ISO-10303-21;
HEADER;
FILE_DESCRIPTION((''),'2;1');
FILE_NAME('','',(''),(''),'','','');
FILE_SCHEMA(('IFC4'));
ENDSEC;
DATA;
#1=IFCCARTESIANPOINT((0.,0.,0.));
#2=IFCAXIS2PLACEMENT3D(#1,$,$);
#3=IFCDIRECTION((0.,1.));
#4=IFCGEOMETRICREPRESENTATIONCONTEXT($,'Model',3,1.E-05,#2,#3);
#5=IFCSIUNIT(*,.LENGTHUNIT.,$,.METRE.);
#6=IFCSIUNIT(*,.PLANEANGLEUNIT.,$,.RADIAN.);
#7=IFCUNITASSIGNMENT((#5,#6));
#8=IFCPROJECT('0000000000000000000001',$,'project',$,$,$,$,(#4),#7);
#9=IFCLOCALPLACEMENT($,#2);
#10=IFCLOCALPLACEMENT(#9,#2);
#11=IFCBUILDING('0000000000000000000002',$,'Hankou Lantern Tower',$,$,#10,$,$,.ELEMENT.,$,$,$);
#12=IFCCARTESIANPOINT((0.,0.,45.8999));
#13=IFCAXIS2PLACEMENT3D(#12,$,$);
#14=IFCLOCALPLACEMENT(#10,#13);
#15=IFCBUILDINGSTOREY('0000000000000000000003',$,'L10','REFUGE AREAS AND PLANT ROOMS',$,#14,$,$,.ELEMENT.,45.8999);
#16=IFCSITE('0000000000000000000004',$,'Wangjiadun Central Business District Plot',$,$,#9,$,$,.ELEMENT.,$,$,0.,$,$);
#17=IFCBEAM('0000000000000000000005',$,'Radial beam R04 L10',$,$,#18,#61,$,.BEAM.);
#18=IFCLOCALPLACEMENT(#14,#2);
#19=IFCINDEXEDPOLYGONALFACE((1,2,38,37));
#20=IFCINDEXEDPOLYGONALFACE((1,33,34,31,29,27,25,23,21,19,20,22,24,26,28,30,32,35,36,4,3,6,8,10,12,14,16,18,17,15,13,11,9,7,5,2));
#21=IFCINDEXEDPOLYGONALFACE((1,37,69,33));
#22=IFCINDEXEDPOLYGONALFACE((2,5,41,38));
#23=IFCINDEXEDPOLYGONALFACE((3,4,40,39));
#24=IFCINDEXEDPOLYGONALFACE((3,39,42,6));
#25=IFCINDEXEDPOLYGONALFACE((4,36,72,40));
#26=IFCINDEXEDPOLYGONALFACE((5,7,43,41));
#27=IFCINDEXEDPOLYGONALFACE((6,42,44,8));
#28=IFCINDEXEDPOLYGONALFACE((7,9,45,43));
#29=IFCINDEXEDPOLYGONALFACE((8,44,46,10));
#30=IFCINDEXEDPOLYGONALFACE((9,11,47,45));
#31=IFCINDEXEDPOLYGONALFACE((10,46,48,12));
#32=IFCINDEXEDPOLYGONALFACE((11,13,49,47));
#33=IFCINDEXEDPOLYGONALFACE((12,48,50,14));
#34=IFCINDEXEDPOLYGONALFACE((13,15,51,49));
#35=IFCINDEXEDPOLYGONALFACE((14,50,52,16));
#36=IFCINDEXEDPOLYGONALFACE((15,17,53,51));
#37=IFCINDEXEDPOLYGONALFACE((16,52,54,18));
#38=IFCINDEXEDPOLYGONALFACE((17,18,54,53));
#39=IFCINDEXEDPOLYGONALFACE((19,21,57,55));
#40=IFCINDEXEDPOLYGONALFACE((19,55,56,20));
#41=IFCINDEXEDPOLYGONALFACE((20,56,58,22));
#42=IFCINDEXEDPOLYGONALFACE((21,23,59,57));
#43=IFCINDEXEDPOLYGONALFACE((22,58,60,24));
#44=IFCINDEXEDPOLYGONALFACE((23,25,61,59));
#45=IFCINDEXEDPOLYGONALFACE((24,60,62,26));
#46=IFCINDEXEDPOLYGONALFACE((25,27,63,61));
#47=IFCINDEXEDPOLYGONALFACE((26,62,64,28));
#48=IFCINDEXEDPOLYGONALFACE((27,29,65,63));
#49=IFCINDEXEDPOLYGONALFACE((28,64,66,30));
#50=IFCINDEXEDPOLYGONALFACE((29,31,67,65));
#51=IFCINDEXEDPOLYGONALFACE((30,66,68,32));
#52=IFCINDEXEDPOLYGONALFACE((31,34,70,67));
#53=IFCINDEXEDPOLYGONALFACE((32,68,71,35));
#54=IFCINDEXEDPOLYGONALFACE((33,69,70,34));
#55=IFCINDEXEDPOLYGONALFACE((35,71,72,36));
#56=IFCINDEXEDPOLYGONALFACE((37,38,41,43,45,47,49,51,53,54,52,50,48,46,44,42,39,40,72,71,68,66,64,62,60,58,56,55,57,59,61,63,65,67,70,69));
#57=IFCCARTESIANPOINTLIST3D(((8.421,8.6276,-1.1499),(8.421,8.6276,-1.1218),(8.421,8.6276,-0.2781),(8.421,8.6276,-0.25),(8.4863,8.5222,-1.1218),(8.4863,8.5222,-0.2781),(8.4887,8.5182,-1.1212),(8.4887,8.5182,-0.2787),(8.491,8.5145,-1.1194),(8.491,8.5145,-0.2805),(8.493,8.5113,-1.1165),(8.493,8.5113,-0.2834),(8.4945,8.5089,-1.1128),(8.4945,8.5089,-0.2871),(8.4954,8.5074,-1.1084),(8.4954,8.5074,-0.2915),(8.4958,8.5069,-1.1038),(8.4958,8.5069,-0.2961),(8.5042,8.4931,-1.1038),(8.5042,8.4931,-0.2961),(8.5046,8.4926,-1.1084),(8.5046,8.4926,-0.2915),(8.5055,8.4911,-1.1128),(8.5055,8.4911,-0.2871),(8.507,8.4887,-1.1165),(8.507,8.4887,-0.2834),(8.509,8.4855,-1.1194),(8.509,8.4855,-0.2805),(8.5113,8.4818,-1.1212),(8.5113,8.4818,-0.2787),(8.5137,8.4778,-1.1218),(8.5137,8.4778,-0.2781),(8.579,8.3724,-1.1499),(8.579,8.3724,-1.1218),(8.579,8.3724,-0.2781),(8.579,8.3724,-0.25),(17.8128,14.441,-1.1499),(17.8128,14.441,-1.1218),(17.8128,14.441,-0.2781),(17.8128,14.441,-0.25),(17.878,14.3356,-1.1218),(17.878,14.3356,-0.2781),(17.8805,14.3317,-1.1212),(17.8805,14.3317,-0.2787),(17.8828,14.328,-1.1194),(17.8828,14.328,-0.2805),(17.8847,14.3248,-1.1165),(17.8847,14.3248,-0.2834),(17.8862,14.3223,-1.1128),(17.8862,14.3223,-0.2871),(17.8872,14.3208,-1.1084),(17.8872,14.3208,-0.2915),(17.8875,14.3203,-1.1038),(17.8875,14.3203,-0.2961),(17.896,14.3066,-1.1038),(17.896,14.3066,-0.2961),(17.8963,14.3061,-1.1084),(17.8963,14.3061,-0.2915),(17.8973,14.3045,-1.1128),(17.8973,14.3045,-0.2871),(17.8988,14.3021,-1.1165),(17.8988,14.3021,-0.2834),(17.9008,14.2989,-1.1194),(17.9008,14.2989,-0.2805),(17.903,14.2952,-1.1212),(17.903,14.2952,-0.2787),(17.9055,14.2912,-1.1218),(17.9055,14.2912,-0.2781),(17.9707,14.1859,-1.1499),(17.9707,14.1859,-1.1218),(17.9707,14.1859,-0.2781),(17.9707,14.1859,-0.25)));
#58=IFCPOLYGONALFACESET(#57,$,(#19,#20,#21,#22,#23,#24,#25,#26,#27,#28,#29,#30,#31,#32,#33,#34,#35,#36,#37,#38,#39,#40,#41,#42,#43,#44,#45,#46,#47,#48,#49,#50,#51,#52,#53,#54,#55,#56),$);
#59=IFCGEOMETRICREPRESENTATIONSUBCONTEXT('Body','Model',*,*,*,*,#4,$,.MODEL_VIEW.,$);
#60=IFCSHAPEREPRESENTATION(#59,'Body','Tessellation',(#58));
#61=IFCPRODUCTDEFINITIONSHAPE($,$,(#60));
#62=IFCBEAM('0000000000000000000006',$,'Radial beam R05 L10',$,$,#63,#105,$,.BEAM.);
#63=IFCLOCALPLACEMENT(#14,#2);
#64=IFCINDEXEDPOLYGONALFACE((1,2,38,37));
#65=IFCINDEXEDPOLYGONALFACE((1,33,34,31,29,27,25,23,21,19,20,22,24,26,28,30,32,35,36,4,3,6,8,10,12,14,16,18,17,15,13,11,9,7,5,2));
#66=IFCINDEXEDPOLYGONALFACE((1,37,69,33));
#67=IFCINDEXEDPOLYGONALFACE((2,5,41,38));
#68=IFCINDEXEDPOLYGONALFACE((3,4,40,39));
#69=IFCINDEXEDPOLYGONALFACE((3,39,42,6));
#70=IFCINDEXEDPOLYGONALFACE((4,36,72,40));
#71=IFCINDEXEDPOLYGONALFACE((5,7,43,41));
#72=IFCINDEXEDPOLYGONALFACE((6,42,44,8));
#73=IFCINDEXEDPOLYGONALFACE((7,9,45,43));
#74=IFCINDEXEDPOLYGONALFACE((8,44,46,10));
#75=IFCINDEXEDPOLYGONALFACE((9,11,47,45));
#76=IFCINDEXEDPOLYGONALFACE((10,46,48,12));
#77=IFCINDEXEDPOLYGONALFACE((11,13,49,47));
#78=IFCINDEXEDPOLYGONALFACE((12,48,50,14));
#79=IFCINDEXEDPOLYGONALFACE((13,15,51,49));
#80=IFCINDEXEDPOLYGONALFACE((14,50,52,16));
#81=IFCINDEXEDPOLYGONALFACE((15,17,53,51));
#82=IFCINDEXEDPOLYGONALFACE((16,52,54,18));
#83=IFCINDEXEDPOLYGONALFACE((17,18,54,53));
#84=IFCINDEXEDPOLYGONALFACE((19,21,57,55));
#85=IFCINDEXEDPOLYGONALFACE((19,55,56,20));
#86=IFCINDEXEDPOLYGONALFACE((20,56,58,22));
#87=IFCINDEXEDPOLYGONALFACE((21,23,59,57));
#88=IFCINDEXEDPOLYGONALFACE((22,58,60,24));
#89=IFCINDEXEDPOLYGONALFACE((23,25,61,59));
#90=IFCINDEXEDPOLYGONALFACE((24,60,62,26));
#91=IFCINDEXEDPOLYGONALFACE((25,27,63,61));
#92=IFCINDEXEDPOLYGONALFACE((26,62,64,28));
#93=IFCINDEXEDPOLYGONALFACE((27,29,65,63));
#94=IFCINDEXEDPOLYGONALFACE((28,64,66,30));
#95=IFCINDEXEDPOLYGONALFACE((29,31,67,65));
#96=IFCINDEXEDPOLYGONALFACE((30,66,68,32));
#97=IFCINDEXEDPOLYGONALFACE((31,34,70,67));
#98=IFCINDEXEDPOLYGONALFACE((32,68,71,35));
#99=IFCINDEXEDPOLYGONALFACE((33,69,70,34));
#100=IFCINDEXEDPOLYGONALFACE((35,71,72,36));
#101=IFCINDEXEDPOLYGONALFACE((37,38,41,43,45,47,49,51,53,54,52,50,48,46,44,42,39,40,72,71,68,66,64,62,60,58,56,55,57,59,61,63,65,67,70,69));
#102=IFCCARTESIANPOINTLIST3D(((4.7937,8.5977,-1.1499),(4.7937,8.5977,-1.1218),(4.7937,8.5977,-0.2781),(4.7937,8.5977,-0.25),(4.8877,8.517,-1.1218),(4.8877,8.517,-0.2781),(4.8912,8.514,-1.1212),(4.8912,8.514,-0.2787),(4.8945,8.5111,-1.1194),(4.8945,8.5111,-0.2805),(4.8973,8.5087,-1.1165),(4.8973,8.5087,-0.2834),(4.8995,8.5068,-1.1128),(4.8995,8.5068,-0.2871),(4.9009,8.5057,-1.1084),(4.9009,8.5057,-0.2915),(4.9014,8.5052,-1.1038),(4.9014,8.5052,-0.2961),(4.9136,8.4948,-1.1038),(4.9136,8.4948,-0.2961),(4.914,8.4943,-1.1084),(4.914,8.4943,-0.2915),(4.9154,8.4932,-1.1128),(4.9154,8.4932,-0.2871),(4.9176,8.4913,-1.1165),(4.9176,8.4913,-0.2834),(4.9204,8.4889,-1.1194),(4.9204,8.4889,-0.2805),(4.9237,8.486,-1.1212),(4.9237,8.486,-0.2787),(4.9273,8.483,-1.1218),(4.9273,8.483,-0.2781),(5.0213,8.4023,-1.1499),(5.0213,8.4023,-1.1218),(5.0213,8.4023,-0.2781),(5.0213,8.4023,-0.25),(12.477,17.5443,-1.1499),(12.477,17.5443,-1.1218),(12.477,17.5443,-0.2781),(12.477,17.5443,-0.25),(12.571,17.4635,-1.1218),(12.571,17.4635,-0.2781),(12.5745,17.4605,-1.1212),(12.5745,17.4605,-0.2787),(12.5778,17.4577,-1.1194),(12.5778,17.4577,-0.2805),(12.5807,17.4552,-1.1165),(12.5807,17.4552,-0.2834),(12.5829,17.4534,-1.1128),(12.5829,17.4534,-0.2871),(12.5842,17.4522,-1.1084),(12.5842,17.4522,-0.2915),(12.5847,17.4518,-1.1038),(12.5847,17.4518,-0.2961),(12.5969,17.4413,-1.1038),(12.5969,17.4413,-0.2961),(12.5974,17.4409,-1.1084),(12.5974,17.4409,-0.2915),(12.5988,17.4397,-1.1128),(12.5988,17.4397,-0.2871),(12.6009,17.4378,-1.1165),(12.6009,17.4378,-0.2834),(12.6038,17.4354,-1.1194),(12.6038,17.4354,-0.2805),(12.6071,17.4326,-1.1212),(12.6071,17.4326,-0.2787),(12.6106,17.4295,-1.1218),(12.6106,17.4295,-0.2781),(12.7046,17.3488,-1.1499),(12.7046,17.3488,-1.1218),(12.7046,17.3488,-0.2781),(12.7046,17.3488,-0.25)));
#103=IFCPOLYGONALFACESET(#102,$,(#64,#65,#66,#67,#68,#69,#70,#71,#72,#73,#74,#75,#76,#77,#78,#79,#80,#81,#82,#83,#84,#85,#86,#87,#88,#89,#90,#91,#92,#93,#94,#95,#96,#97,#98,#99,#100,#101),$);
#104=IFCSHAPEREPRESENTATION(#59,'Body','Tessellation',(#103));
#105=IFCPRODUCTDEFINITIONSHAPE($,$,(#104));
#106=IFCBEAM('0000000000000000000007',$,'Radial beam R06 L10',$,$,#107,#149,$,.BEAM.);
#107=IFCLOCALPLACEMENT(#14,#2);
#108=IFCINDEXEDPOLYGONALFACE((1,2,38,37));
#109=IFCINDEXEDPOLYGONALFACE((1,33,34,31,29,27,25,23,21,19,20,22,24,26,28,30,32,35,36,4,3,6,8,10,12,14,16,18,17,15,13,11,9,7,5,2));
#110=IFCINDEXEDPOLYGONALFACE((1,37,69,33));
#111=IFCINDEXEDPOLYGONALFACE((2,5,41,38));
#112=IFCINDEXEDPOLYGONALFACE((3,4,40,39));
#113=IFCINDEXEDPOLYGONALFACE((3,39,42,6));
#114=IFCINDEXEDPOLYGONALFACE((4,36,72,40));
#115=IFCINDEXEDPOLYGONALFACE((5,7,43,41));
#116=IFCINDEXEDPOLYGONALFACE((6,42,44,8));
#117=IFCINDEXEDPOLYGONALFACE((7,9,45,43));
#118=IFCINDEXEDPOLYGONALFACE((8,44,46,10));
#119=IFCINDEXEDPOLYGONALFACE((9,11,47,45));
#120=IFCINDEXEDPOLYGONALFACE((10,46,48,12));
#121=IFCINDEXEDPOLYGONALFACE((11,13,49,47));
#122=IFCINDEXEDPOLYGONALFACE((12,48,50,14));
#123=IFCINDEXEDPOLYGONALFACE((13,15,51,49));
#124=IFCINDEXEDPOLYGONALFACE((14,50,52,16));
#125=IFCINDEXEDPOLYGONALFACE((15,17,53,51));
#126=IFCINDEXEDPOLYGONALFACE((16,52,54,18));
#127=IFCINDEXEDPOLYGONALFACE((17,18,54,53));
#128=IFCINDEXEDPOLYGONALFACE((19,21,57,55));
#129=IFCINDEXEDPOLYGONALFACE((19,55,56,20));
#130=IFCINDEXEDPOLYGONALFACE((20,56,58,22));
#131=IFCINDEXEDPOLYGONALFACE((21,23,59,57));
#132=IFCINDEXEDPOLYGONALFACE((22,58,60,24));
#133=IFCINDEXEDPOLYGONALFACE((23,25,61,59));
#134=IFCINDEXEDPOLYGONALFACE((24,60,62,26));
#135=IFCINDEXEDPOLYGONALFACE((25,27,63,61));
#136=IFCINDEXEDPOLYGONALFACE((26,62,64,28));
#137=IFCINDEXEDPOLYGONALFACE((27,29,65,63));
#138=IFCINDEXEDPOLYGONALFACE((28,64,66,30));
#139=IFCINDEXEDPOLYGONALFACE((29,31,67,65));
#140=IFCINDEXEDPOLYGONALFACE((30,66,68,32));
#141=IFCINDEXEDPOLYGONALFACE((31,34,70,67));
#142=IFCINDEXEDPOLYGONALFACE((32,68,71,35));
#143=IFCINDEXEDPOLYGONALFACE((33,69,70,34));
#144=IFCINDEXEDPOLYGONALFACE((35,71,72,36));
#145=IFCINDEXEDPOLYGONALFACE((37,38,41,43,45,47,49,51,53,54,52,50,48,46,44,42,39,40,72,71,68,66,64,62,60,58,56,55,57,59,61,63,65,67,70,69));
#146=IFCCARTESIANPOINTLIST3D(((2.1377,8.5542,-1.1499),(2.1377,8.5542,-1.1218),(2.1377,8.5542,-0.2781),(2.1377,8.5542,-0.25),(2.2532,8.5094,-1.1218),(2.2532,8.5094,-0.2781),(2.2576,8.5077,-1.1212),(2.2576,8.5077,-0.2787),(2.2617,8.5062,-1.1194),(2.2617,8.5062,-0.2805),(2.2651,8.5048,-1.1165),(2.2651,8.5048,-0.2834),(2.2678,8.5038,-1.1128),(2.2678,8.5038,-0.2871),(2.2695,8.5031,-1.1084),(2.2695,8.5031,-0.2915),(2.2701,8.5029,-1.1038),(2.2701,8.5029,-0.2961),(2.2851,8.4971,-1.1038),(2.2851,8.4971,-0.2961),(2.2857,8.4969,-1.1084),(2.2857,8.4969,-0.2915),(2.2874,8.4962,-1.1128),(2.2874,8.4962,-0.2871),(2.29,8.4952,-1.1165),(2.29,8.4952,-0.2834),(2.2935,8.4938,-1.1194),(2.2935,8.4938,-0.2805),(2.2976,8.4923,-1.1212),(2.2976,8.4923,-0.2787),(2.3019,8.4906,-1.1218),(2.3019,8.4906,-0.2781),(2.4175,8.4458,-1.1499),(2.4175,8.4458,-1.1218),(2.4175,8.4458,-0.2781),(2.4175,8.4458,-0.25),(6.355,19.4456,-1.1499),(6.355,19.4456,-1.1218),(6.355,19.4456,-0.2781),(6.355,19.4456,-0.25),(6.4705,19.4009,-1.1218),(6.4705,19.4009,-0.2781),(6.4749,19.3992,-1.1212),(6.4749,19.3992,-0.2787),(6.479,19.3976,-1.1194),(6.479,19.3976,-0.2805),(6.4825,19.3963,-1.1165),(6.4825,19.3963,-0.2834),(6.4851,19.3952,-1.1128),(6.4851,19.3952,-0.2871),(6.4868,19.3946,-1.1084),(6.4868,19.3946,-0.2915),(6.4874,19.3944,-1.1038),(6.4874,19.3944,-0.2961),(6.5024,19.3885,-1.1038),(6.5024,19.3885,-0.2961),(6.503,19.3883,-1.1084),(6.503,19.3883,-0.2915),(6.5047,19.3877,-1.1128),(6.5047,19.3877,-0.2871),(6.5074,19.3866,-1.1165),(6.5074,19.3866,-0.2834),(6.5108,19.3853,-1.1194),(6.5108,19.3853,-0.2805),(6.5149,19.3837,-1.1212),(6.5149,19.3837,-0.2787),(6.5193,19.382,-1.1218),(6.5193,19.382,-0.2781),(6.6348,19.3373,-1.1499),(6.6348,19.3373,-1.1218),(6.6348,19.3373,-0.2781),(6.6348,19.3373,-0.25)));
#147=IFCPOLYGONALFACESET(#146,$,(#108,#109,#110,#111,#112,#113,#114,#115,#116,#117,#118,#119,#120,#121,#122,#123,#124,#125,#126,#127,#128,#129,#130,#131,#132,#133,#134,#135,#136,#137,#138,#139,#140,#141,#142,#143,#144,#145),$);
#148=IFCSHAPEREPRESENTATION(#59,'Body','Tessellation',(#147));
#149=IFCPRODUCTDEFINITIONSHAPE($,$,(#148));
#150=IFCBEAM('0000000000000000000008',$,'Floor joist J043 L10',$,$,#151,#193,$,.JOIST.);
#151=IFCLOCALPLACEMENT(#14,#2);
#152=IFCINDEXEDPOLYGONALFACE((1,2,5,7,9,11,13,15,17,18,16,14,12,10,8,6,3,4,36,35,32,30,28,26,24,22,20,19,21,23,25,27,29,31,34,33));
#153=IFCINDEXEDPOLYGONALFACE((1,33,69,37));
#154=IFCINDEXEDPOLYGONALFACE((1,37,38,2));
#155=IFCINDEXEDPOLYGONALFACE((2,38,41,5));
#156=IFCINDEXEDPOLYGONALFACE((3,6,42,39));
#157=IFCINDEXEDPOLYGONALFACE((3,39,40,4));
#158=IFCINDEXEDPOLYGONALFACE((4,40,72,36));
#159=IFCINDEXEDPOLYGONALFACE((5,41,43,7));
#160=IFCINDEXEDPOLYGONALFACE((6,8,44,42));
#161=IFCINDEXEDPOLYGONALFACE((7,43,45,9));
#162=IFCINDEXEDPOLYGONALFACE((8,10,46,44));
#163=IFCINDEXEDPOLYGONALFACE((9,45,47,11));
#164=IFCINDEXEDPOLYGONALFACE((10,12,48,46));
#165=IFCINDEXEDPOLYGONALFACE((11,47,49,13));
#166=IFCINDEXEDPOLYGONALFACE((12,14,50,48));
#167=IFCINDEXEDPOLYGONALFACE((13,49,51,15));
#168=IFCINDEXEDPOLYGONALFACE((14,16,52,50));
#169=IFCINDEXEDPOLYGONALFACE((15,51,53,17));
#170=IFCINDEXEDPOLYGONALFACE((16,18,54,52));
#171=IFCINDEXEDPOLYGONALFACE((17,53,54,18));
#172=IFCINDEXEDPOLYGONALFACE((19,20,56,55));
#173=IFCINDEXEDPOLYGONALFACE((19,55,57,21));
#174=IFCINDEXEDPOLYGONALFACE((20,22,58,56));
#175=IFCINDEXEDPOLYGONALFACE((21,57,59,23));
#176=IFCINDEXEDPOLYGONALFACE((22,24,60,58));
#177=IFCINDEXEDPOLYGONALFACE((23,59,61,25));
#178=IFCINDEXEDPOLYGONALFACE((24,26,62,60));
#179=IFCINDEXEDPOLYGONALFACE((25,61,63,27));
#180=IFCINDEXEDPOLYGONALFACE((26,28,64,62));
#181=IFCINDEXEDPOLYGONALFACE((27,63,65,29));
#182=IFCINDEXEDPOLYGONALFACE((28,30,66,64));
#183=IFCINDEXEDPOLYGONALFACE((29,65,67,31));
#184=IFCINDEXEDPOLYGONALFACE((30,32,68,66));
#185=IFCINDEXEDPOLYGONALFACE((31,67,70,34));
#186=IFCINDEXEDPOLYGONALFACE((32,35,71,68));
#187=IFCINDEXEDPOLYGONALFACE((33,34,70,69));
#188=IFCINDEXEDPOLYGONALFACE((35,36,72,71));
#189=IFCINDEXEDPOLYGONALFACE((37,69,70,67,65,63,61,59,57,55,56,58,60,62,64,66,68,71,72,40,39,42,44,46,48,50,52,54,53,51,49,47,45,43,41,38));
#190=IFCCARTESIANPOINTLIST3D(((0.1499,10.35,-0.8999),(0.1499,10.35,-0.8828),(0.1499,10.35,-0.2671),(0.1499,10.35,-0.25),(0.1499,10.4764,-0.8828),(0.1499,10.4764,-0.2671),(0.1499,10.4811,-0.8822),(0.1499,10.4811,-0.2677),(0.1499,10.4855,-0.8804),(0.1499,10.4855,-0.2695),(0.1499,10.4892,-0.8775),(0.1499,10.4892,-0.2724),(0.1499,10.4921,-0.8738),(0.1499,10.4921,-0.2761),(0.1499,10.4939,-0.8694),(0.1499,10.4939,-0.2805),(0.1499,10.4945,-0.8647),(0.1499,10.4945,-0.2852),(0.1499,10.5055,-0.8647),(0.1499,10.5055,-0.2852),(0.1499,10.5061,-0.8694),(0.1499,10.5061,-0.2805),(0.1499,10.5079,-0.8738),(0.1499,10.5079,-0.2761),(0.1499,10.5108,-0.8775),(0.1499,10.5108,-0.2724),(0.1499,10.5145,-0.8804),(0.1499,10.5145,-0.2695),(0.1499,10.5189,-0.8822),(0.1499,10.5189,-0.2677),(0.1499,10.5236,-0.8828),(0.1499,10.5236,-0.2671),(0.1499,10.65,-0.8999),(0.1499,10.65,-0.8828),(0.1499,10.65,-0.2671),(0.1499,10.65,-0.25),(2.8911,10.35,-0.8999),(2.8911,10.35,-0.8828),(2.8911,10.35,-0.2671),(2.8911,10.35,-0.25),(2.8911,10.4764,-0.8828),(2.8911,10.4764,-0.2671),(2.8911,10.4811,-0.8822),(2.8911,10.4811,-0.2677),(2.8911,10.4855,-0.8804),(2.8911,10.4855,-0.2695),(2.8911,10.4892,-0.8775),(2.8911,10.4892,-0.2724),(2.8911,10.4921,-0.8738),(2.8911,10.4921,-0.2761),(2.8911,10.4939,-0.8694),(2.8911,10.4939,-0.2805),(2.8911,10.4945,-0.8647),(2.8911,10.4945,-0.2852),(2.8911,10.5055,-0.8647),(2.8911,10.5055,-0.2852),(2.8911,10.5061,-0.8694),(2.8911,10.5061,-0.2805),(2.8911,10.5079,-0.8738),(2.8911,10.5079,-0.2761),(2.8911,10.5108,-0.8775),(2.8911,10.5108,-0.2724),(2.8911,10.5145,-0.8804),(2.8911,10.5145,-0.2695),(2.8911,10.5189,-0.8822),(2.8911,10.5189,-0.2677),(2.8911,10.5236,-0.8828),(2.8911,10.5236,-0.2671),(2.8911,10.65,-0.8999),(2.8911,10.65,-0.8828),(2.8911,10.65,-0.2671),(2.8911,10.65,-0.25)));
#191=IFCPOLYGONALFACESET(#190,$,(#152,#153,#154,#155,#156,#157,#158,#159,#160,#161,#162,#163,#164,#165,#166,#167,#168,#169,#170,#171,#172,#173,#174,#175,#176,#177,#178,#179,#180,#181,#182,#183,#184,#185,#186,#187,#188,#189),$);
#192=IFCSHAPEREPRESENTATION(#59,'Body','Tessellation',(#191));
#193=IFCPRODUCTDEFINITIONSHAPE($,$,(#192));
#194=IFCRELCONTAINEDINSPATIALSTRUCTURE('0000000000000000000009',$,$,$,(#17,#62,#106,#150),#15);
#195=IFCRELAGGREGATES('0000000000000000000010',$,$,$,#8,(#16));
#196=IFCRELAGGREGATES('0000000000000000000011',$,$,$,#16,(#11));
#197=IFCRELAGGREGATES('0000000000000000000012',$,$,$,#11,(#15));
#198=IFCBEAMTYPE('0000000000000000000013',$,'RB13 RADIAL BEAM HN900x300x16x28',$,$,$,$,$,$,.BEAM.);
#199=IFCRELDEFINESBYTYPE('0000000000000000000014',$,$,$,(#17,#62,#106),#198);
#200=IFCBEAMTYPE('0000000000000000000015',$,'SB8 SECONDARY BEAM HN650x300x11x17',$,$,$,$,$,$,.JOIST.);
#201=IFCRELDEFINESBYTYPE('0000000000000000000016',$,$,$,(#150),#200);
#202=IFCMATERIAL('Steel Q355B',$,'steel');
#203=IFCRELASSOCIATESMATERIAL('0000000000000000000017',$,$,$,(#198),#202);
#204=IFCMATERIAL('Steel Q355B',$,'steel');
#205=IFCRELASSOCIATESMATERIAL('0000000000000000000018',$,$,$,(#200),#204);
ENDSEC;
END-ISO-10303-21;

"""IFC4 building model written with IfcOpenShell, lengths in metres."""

from ifc_helpers import new_model, si_unit, direction, frame, origin, origin_2d, place, context, subcontext, project, spatial, i_section, extrude, material, material_profile, profile_set, type_object, element, save


model = new_model("IFC4")

# Units and contexts
model_context = context("Model", 3, precision=1e-05, world=origin(), true_north=direction((0.0, 1.0)))
body_context = subcontext(model_context, "Body", "Model", "MODEL_VIEW")
ifc_project = project(units=[si_unit("LENGTHUNIT", "METRE"), si_unit("PLANEANGLEUNIT", "RADIAN")], contexts=[model_context])

# Site, building, storey
site_placement = place(None, origin())
site = spatial("IfcSite", under=ifc_project, at=site_placement, Name="Wangjiadun Central Business District Plot", CompositionType="ELEMENT", RefElevation=0.0)
building_placement = place(site_placement, origin())
building = spatial("IfcBuilding", under=site, at=building_placement, Name="Hankou Lantern Tower", CompositionType="ELEMENT")
storey_placement = place(building_placement, frame((0.0, 0.0, 45.8999)))
storey = spatial("IfcBuildingStorey", under=building, at=storey_placement, Name="L10", Description="REFUGE AREAS AND PLANT ROOMS", CompositionType="ELEMENT", Elevation=45.8999)

# Beams
ifc_material_1 = material(Name="Steel Q355B", Category="steel")
ifc_material_profile_1 = material_profile(ifc_material_1, i_section(OverallWidth=0.3, OverallDepth=0.8999, WebThickness=0.0161, FlangeThickness=0.0281, FilletRadius=0.0181, at=origin_2d()), Name="HN900x300x16x28")
ifc_profile_set_1 = profile_set([ifc_material_profile_1], Name="Steel Q355B")
beam_type_1 = type_object("IfcBeamType", Name="RB13 RADIAL BEAM HN900x300x16x28", PredefinedType="BEAM", material=ifc_profile_set_1)
beam_1_placement = place(storey_placement, frame((8.5, 8.5, -0.7), z_axis=(0.850286, 0.52632, 0.0), x_axis=(-0.52632, 0.850286, 0.0)))
element("IfcBeam", 1, at=beam_1_placement, inside=storey, type_object=beam_type_1, Name="Radial beam R04 L10", PredefinedType="BEAM", context=body_context, shape_type="SweptSolid", body=[
    extrude(i_section(OverallWidth=0.3, OverallDepth=0.8999, WebThickness=0.0161, FlangeThickness=0.0281, FilletRadius=0.0181, at=origin_2d()), origin(), (0.0, 0.0, 1.0), 11.0454),
])
beam_2_placement = place(storey_placement, frame((4.9075, 8.5, -0.7), z_axis=(0.651519, 0.758632, 0.0), x_axis=(-0.758632, 0.651519, 0.0)))
element("IfcBeam", 2, at=beam_2_placement, inside=storey, type_object=beam_type_1, Name="Radial beam R05 L10", PredefinedType="BEAM", context=body_context, shape_type="SweptSolid", body=[
    extrude(i_section(OverallWidth=0.3, OverallDepth=0.8999, WebThickness=0.0161, FlangeThickness=0.0281, FilletRadius=0.0181, at=origin_2d()), origin(), (0.0, 0.0, 1.0), 11.793),
])
beam_3_placement = place(storey_placement, frame((2.2776, 8.5, -0.7), z_axis=(0.361089, 0.932531, 0.0), x_axis=(-0.932531, 0.361089, 0.0)))
element("IfcBeam", 3, at=beam_3_placement, inside=storey, type_object=beam_type_1, Name="Radial beam R06 L10", PredefinedType="BEAM", context=body_context, shape_type="SweptSolid", body=[
    extrude(i_section(OverallWidth=0.3, OverallDepth=0.8999, WebThickness=0.0161, FlangeThickness=0.0281, FilletRadius=0.0181, at=origin_2d()), origin(), (0.0, 0.0, 1.0), 11.6794),
])
ifc_material_2 = material(Name="Steel Q355B", Category="steel")
ifc_material_profile_2 = material_profile(ifc_material_2, i_section(OverallWidth=0.3, OverallDepth=0.6499, WebThickness=0.011, FlangeThickness=0.0171, FilletRadius=0.0181, at=origin_2d()), Name="HN650x300x11x17")
ifc_profile_set_2 = profile_set([ifc_material_profile_2], Name="Steel Q355B")
beam_type_2 = type_object("IfcBeamType", Name="SB8 SECONDARY BEAM HN650x300x11x17", PredefinedType="JOIST", material=ifc_profile_set_2)
beam_4_placement = place(storey_placement, frame((0.1499, 10.5, -0.575), z_axis=(1.0, 0.0, 0.0), x_axis=(0.0, 1.0, 0.0)))
element("IfcBeam", 4, at=beam_4_placement, inside=storey, type_object=beam_type_2, Name="Floor joist J043 L10", PredefinedType="JOIST", context=body_context, shape_type="SweptSolid", body=[
    extrude(i_section(OverallWidth=0.3, OverallDepth=0.6499, WebThickness=0.011, FlangeThickness=0.0171, FilletRadius=0.0181, at=origin_2d()), origin(), (0.0, 0.0, 1.0), 2.7412),
])

save(model, "model.ifc")
